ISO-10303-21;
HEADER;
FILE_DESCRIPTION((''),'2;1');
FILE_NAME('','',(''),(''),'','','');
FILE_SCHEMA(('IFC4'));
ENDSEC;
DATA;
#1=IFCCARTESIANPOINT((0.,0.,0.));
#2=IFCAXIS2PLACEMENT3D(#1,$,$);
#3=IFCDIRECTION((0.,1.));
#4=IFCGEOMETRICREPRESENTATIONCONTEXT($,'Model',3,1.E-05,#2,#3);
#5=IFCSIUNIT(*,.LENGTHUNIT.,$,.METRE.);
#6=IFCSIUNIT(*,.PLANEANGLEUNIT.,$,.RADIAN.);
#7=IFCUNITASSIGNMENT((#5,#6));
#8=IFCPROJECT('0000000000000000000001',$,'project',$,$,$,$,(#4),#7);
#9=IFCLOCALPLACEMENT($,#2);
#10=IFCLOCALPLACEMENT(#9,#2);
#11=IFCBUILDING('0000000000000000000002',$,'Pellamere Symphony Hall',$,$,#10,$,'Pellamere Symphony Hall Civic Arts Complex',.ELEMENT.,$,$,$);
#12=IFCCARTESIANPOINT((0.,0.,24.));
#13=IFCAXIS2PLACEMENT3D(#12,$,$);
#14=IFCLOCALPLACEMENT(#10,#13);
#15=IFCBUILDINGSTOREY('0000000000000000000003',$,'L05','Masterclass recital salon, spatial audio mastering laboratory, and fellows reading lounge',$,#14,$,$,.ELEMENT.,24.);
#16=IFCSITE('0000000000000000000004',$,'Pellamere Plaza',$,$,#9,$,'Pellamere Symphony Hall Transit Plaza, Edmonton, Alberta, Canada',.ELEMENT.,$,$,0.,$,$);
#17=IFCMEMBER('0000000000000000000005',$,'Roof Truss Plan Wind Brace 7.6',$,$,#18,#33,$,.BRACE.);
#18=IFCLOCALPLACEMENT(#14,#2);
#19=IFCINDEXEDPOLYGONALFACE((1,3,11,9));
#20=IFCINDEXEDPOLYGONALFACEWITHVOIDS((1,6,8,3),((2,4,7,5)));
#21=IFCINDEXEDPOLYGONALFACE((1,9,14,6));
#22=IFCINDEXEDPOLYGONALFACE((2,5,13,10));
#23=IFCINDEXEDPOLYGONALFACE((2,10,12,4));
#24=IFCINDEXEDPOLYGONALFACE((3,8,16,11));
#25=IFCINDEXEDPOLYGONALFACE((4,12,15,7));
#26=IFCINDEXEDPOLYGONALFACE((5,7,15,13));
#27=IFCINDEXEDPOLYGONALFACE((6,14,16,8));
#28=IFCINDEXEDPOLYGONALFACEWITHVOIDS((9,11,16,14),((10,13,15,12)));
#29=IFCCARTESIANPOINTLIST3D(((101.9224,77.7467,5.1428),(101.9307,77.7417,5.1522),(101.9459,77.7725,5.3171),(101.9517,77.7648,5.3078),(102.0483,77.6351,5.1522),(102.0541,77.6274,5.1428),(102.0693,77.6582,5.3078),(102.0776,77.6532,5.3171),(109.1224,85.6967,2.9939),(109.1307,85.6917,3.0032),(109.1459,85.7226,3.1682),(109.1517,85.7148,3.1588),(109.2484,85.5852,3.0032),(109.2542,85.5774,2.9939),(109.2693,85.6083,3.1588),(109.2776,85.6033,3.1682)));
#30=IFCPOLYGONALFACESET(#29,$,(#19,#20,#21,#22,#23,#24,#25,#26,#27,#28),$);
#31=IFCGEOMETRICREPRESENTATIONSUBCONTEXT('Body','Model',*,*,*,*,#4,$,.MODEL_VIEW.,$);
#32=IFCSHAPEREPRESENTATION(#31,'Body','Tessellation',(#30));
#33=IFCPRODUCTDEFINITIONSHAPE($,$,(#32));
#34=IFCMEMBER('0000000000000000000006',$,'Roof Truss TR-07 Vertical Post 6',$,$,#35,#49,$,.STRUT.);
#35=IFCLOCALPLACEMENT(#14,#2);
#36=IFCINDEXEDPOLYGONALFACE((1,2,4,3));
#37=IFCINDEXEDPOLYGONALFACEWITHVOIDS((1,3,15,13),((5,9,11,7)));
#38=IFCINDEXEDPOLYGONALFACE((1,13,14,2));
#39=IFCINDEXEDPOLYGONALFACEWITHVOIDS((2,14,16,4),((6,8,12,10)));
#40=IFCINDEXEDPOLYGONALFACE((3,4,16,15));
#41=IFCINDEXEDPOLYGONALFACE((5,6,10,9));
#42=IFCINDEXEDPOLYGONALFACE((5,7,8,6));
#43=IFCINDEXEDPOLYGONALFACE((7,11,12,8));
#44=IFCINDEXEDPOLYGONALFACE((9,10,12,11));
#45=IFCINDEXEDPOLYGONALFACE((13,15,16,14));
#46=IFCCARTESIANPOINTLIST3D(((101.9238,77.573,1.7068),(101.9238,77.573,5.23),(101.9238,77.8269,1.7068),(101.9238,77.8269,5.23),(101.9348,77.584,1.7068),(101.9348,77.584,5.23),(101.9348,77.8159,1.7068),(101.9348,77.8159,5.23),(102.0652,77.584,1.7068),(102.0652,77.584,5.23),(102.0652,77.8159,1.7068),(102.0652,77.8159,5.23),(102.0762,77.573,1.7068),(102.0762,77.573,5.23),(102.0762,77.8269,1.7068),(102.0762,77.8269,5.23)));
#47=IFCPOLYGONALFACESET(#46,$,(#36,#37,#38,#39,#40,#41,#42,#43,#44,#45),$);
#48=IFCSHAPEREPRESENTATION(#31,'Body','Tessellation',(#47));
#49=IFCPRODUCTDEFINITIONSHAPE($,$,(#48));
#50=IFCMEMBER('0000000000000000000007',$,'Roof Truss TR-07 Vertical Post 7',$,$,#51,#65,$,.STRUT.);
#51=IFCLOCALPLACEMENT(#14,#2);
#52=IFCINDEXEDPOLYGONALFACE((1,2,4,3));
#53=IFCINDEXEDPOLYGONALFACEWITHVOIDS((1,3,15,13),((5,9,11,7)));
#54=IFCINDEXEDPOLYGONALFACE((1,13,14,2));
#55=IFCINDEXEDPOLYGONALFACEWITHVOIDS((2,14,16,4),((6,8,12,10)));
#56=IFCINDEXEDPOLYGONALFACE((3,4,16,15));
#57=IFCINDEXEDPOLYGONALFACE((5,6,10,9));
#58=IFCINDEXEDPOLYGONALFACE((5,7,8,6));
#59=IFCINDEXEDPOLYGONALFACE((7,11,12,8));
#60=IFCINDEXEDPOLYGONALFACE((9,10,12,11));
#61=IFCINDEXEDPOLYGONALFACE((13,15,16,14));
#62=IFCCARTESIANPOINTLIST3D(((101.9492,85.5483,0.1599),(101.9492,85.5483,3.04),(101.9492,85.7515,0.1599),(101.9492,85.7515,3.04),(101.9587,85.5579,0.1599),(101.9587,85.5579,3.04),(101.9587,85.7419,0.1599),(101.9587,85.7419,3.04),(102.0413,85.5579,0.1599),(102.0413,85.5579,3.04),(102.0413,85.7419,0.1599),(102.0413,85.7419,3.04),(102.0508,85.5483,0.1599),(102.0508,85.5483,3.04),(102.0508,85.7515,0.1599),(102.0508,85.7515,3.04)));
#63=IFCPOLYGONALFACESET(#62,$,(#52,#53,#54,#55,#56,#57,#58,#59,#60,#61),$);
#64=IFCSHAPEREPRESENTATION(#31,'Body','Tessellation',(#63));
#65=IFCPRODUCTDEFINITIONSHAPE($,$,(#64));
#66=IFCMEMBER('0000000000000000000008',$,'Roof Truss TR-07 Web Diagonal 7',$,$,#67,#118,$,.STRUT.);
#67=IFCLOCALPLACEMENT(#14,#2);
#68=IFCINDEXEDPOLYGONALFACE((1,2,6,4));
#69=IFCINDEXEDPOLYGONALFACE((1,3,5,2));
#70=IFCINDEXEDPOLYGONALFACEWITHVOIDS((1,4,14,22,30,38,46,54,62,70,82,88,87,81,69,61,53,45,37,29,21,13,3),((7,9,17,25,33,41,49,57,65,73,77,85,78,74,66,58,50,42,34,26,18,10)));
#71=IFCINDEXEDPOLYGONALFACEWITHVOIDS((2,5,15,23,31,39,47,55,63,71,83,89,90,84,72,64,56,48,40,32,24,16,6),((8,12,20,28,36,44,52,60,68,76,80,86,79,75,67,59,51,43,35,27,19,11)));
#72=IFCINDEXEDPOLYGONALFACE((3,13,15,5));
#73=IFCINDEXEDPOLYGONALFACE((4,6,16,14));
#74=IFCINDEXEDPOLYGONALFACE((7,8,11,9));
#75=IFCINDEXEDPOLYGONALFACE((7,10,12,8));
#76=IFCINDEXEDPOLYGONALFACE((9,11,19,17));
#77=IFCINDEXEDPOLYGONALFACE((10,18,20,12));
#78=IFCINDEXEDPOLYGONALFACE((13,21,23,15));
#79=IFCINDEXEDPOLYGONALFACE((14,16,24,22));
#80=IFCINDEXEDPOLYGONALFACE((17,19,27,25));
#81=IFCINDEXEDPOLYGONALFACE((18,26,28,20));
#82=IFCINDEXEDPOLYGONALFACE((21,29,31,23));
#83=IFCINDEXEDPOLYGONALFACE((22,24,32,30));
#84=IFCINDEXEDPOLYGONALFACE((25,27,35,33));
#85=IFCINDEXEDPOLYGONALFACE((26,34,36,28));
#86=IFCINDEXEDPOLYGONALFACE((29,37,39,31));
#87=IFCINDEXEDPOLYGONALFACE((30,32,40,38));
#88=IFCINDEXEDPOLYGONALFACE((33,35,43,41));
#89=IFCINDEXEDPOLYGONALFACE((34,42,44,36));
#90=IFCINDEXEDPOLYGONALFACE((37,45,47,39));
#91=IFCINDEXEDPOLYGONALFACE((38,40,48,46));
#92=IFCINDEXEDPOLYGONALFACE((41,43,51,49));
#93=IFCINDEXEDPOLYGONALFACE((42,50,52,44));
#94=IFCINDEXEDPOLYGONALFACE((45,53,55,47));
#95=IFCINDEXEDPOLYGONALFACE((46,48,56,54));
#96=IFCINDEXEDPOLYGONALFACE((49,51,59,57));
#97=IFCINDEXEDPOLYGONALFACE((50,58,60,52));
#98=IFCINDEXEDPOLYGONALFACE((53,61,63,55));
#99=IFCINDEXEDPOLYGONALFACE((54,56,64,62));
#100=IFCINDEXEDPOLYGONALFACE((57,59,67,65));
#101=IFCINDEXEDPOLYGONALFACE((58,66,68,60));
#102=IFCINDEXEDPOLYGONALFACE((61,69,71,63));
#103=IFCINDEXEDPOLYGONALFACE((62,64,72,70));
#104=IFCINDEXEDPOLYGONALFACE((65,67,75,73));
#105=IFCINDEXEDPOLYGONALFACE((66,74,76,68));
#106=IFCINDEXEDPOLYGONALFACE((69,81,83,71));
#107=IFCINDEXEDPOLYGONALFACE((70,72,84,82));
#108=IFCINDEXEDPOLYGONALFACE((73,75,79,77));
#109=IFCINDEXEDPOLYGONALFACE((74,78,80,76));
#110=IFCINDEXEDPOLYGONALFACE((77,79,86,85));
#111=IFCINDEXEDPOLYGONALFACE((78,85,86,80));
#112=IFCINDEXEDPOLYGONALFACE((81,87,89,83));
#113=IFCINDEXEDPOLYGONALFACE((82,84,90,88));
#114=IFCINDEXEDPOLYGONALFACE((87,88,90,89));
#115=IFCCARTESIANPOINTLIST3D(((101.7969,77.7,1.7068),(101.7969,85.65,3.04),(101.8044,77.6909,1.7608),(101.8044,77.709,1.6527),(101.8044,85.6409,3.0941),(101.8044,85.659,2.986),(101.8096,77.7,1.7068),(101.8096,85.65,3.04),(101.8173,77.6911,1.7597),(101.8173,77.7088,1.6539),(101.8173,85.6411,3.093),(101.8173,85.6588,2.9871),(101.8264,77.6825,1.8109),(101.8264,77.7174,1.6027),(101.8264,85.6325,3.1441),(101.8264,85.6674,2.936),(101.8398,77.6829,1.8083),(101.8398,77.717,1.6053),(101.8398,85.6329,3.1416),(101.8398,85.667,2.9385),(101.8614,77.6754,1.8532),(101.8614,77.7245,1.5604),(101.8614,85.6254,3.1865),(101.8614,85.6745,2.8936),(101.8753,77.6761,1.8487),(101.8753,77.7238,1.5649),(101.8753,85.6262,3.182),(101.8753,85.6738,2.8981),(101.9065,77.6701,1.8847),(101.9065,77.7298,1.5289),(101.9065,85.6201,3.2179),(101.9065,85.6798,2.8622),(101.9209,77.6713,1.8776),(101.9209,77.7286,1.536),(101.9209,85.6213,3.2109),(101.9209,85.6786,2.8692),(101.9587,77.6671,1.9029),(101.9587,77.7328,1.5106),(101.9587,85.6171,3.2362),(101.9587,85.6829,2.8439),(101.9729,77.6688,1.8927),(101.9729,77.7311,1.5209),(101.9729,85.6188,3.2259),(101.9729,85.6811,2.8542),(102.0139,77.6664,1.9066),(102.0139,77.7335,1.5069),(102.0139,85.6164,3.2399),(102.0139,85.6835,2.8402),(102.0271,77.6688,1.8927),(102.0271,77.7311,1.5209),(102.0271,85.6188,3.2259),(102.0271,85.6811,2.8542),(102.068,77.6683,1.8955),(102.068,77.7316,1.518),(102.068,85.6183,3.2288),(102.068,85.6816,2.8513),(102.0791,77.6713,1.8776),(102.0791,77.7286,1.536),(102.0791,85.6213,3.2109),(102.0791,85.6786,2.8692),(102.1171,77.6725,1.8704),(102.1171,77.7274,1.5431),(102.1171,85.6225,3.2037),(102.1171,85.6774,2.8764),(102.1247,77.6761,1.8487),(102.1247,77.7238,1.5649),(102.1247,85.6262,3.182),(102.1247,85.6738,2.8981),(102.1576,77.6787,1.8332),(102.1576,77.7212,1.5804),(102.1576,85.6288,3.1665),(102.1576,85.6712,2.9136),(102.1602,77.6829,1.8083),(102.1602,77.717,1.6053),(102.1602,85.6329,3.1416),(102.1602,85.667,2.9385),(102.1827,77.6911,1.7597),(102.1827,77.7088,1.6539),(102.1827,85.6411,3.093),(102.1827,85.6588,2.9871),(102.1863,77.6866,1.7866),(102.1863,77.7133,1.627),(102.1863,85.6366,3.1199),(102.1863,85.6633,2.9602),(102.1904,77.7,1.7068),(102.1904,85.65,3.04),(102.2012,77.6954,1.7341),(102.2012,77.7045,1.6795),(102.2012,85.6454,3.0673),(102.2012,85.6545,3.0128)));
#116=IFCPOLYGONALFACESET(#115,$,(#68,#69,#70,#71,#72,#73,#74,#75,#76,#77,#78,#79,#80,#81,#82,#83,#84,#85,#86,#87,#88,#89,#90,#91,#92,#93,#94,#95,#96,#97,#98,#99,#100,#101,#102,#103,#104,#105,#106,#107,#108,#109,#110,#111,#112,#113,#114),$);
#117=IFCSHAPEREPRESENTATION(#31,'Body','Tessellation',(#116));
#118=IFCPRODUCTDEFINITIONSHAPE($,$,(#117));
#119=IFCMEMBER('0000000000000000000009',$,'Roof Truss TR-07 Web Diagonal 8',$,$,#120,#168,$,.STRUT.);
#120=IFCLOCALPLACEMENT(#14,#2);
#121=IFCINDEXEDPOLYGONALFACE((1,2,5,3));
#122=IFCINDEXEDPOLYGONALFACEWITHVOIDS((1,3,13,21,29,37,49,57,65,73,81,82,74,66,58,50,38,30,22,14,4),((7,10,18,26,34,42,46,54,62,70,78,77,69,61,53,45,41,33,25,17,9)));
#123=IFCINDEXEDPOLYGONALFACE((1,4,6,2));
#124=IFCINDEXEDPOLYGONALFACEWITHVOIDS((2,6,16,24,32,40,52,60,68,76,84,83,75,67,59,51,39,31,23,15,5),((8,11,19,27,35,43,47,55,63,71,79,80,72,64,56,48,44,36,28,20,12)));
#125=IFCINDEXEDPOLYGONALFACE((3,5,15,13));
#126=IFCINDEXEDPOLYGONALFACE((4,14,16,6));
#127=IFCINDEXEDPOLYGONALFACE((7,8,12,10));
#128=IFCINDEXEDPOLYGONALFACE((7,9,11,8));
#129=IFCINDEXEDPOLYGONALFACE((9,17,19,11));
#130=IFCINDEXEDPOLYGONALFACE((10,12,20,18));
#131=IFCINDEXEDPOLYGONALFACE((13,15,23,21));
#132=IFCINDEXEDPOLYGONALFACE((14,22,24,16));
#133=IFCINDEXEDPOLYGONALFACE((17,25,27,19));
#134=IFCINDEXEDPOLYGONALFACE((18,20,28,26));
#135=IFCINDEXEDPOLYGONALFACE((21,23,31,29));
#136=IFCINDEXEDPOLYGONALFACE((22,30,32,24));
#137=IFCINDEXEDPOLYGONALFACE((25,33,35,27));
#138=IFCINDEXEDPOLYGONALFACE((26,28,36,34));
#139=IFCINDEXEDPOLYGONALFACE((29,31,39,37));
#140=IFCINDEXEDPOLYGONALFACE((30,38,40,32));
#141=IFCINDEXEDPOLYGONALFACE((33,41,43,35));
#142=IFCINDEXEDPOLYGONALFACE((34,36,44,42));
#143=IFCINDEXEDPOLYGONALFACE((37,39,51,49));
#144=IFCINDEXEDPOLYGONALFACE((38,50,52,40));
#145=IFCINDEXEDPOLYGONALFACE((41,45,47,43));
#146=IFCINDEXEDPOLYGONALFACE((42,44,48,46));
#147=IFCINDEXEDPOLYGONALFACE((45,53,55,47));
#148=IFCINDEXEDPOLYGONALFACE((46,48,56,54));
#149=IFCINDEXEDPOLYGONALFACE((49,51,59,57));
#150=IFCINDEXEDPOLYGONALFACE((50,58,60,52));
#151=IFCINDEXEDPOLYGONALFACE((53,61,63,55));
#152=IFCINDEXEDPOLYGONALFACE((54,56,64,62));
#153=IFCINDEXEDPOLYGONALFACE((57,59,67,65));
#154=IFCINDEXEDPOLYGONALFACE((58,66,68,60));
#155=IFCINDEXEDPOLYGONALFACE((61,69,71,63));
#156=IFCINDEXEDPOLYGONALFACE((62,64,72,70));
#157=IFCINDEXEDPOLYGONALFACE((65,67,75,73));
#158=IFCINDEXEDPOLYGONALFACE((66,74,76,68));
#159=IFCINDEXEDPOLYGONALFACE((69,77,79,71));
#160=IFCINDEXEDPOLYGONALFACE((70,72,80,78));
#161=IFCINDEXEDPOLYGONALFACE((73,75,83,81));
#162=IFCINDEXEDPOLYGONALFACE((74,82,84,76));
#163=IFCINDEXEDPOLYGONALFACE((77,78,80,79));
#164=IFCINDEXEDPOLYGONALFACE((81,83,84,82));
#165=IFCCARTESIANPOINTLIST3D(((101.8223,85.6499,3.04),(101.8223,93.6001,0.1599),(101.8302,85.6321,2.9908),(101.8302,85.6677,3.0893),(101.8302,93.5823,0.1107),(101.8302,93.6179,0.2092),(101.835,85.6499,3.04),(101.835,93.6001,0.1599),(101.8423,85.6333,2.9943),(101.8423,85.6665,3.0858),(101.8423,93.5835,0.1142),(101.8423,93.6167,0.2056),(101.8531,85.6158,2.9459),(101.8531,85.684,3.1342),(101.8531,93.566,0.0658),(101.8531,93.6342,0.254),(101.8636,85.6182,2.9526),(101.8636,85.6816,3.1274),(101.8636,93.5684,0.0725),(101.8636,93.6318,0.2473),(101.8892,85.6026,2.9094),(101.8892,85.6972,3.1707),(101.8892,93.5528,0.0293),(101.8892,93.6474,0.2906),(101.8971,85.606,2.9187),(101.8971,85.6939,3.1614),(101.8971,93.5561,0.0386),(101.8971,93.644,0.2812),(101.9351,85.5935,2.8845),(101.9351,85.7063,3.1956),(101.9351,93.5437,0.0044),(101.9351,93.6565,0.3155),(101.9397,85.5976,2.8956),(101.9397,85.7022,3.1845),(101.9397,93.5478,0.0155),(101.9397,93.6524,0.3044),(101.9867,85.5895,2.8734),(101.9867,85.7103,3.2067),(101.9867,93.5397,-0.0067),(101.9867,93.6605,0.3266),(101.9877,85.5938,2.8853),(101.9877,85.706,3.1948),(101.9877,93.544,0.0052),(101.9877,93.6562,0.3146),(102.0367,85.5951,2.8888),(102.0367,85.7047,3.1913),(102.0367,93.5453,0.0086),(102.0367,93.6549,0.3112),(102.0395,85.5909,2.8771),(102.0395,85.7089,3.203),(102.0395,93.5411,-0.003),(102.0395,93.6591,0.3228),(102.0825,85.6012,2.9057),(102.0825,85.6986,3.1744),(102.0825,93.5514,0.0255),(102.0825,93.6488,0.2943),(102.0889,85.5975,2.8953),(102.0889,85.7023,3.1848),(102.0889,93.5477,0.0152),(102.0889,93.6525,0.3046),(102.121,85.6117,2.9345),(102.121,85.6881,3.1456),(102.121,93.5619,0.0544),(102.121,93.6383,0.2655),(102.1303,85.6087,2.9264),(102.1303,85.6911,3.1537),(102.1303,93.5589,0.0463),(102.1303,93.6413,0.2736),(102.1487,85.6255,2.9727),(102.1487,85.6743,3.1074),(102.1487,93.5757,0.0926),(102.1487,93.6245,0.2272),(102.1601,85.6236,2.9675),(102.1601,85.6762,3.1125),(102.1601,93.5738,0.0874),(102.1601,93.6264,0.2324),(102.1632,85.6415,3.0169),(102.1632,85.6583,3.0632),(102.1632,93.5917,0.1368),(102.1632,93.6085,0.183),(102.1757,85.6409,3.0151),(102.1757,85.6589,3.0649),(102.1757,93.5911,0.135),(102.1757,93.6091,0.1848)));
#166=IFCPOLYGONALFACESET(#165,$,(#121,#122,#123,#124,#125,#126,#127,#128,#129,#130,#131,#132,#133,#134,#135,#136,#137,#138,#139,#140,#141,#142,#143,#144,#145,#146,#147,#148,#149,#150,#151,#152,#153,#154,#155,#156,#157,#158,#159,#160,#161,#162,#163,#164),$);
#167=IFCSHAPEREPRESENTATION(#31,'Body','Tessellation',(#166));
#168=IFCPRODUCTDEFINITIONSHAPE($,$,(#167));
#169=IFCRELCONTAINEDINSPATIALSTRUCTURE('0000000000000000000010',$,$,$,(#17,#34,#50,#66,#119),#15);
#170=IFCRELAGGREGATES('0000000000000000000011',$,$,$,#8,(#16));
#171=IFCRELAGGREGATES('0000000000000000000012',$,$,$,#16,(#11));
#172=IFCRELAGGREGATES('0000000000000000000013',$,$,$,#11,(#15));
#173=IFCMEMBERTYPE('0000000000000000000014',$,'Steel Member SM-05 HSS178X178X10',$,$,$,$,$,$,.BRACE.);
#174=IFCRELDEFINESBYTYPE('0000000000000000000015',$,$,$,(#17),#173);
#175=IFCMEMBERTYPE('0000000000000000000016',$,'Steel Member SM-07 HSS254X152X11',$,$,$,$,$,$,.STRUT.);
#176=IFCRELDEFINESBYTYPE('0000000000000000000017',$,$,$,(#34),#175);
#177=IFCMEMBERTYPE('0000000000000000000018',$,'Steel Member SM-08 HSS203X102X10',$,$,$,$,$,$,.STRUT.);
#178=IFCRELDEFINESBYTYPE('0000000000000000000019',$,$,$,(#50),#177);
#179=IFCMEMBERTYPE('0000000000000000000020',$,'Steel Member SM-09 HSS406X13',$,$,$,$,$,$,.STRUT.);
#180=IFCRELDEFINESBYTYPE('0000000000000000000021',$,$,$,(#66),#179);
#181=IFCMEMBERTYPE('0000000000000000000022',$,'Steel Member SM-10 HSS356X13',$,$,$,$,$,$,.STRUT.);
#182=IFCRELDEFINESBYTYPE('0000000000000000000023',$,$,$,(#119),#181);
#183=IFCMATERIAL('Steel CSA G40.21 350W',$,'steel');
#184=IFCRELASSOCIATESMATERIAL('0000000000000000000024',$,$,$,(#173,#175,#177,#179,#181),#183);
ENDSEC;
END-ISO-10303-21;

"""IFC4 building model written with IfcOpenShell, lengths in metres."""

from ifc_helpers import new_model, si_unit, direction, frame, origin, origin_2d, place, context, subcontext, project, spatial, hollow_rectangle, hollow_circle, extrude, material, material_profile, profile_set, type_object, element, save


model = new_model("IFC4")

# Units and contexts
model_context = context("Model", 3, precision=1e-05, world=origin(), true_north=direction((0.0, 1.0)))
body_context = subcontext(model_context, "Body", "Model", "MODEL_VIEW")
ifc_project = project(units=[si_unit("LENGTHUNIT", "METRE"), si_unit("PLANEANGLEUNIT", "RADIAN")], contexts=[model_context])

# Site, building, storey
site_placement = place(None, origin())
site = spatial("IfcSite", under=ifc_project, at=site_placement, Name="Pellamere Plaza", LongName="Pellamere Symphony Hall Transit Plaza, Edmonton, Alberta, Canada", CompositionType="ELEMENT", RefElevation=0.0)
building_placement = place(site_placement, origin())
building = spatial("IfcBuilding", under=site, at=building_placement, Name="Pellamere Symphony Hall", LongName="Pellamere Symphony Hall Civic Arts Complex", CompositionType="ELEMENT")
storey_placement = place(building_placement, frame((0.0, 0.0, 24.0)))
storey = spatial("IfcBuildingStorey", under=building, at=storey_placement, Name="L05", Description="Masterclass recital salon, spatial audio mastering laboratory, and fellows reading lounge", CompositionType="ELEMENT", Elevation=24.0)

# Shared definitions
ifc_material_1 = material(Name="Steel CSA G40.21 350W", Category="steel")

# Members
ifc_material_profile_1 = material_profile(ifc_material_1, hollow_rectangle(XDim=0.1777, YDim=0.1777, WallThickness=0.0095, at=origin_2d()), Name="HSS178X178X10")
ifc_profile_set_1 = profile_set([ifc_material_profile_1], Name="Steel CSA G40.21 350W")
member_type_1 = type_object("IfcMemberType", Name="Steel Member SM-05 HSS178X178X10", PredefinedType="BRACE", material=ifc_profile_set_1)
for number, where, z_axis, x_axis, name in (
    (1, (102.0, 77.7, 5.23), (0.658199, 0.726762, -0.196449), (-0.741205, 0.671279, 0.0), "Roof Truss Plan Wind Brace 7.6"),
):
    element("IfcMember", number, at=place(storey_placement, frame(where, z_axis=z_axis, x_axis=x_axis)), inside=storey, type_object=member_type_1, Name=name, PredefinedType="BRACE", context=body_context, shape_type="SweptSolid", body=[
        extrude(hollow_rectangle(XDim=0.1777, YDim=0.1777, WallThickness=0.0095, at=origin_2d()), origin(), (0.0, 0.0, 1.0), 10.939),
    ])
ifc_material_profile_2 = material_profile(ifc_material_1, hollow_rectangle(XDim=0.1523, YDim=0.2539, WallThickness=0.011, at=origin_2d()), Name="HSS254X152X11")
ifc_profile_set_2 = profile_set([ifc_material_profile_2], Name="Steel CSA G40.21 350W")
member_type_2 = type_object("IfcMemberType", Name="Steel Member SM-07 HSS254X152X11", PredefinedType="STRUT", material=ifc_profile_set_2)
member_1_placement = place(storey_placement, frame((102.0, 77.7, 1.7068), z_axis=(0.0, 0.0, 1.0), x_axis=(1.0, 0.0, 0.0)))
element("IfcMember", 2, at=member_1_placement, inside=storey, type_object=member_type_2, Name="Roof Truss TR-07 Vertical Post 6", PredefinedType="STRUT", context=body_context, shape_type="SweptSolid", body=[
    extrude(hollow_rectangle(XDim=0.1523, YDim=0.2539, WallThickness=0.011, at=origin_2d()), origin(), (0.0, 0.0, 1.0), 3.5232),
])
ifc_material_profile_3 = material_profile(ifc_material_1, hollow_rectangle(XDim=0.1016, YDim=0.2031, WallThickness=0.0095, at=origin_2d()), Name="HSS203X102X10")
ifc_profile_set_3 = profile_set([ifc_material_profile_3], Name="Steel CSA G40.21 350W")
member_type_3 = type_object("IfcMemberType", Name="Steel Member SM-08 HSS203X102X10", PredefinedType="STRUT", material=ifc_profile_set_3)
member_2_placement = place(storey_placement, frame((102.0, 85.6499, 0.1599), z_axis=(0.0, 0.0, 1.0), x_axis=(1.0, 0.0, 0.0)))
element("IfcMember", 3, at=member_2_placement, inside=storey, type_object=member_type_3, Name="Roof Truss TR-07 Vertical Post 7", PredefinedType="STRUT", context=body_context, shape_type="SweptSolid", body=[
    extrude(hollow_rectangle(XDim=0.1016, YDim=0.2031, WallThickness=0.0095, at=origin_2d()), origin(), (0.0, 0.0, 1.0), 2.8801),
])
ifc_material_profile_4 = material_profile(ifc_material_1, hollow_circle(Radius=0.2031, WallThickness=0.0127, at=origin_2d()), Name="HSS406X13")
ifc_profile_set_4 = profile_set([ifc_material_profile_4], Name="Steel CSA G40.21 350W")
member_type_4 = type_object("IfcMemberType", Name="Steel Member SM-09 HSS406X13", PredefinedType="STRUT", material=ifc_profile_set_4)
member_3_placement = place(storey_placement, frame((102.0, 77.7, 1.7068), z_axis=(0.0, 0.986227, 0.165396), x_axis=(-1.0, 0.0, 0.0)))
element("IfcMember", 4, at=member_3_placement, inside=storey, type_object=member_type_4, Name="Roof Truss TR-07 Web Diagonal 7", PredefinedType="STRUT", context=body_context, shape_type="SweptSolid", body=[
    extrude(hollow_circle(Radius=0.2031, WallThickness=0.0127, at=origin_2d()), origin(), (0.0, 0.0, 1.0), 8.061),
])
ifc_material_profile_5 = material_profile(ifc_material_1, hollow_circle(Radius=0.1777, WallThickness=0.0127, at=origin_2d()), Name="HSS356X13")
ifc_profile_set_5 = profile_set([ifc_material_profile_5], Name="Steel CSA G40.21 350W")
member_type_5 = type_object("IfcMemberType", Name="Steel Member SM-10 HSS356X13", PredefinedType="STRUT", material=ifc_profile_set_5)
member_4_placement = place(storey_placement, frame((102.0, 85.6499, 3.04), z_axis=(0.0, 0.940205, -0.340609), x_axis=(-1.0, 0.0, 0.0)))
element("IfcMember", 5, at=member_4_placement, inside=storey, type_object=member_type_5, Name="Roof Truss TR-07 Web Diagonal 8", PredefinedType="STRUT", context=body_context, shape_type="SweptSolid", body=[
    extrude(hollow_circle(Radius=0.1777, WallThickness=0.0127, at=origin_2d()), origin(), (0.0, 0.0, 1.0), 8.4558),
])

save(model, "model.ifc")
